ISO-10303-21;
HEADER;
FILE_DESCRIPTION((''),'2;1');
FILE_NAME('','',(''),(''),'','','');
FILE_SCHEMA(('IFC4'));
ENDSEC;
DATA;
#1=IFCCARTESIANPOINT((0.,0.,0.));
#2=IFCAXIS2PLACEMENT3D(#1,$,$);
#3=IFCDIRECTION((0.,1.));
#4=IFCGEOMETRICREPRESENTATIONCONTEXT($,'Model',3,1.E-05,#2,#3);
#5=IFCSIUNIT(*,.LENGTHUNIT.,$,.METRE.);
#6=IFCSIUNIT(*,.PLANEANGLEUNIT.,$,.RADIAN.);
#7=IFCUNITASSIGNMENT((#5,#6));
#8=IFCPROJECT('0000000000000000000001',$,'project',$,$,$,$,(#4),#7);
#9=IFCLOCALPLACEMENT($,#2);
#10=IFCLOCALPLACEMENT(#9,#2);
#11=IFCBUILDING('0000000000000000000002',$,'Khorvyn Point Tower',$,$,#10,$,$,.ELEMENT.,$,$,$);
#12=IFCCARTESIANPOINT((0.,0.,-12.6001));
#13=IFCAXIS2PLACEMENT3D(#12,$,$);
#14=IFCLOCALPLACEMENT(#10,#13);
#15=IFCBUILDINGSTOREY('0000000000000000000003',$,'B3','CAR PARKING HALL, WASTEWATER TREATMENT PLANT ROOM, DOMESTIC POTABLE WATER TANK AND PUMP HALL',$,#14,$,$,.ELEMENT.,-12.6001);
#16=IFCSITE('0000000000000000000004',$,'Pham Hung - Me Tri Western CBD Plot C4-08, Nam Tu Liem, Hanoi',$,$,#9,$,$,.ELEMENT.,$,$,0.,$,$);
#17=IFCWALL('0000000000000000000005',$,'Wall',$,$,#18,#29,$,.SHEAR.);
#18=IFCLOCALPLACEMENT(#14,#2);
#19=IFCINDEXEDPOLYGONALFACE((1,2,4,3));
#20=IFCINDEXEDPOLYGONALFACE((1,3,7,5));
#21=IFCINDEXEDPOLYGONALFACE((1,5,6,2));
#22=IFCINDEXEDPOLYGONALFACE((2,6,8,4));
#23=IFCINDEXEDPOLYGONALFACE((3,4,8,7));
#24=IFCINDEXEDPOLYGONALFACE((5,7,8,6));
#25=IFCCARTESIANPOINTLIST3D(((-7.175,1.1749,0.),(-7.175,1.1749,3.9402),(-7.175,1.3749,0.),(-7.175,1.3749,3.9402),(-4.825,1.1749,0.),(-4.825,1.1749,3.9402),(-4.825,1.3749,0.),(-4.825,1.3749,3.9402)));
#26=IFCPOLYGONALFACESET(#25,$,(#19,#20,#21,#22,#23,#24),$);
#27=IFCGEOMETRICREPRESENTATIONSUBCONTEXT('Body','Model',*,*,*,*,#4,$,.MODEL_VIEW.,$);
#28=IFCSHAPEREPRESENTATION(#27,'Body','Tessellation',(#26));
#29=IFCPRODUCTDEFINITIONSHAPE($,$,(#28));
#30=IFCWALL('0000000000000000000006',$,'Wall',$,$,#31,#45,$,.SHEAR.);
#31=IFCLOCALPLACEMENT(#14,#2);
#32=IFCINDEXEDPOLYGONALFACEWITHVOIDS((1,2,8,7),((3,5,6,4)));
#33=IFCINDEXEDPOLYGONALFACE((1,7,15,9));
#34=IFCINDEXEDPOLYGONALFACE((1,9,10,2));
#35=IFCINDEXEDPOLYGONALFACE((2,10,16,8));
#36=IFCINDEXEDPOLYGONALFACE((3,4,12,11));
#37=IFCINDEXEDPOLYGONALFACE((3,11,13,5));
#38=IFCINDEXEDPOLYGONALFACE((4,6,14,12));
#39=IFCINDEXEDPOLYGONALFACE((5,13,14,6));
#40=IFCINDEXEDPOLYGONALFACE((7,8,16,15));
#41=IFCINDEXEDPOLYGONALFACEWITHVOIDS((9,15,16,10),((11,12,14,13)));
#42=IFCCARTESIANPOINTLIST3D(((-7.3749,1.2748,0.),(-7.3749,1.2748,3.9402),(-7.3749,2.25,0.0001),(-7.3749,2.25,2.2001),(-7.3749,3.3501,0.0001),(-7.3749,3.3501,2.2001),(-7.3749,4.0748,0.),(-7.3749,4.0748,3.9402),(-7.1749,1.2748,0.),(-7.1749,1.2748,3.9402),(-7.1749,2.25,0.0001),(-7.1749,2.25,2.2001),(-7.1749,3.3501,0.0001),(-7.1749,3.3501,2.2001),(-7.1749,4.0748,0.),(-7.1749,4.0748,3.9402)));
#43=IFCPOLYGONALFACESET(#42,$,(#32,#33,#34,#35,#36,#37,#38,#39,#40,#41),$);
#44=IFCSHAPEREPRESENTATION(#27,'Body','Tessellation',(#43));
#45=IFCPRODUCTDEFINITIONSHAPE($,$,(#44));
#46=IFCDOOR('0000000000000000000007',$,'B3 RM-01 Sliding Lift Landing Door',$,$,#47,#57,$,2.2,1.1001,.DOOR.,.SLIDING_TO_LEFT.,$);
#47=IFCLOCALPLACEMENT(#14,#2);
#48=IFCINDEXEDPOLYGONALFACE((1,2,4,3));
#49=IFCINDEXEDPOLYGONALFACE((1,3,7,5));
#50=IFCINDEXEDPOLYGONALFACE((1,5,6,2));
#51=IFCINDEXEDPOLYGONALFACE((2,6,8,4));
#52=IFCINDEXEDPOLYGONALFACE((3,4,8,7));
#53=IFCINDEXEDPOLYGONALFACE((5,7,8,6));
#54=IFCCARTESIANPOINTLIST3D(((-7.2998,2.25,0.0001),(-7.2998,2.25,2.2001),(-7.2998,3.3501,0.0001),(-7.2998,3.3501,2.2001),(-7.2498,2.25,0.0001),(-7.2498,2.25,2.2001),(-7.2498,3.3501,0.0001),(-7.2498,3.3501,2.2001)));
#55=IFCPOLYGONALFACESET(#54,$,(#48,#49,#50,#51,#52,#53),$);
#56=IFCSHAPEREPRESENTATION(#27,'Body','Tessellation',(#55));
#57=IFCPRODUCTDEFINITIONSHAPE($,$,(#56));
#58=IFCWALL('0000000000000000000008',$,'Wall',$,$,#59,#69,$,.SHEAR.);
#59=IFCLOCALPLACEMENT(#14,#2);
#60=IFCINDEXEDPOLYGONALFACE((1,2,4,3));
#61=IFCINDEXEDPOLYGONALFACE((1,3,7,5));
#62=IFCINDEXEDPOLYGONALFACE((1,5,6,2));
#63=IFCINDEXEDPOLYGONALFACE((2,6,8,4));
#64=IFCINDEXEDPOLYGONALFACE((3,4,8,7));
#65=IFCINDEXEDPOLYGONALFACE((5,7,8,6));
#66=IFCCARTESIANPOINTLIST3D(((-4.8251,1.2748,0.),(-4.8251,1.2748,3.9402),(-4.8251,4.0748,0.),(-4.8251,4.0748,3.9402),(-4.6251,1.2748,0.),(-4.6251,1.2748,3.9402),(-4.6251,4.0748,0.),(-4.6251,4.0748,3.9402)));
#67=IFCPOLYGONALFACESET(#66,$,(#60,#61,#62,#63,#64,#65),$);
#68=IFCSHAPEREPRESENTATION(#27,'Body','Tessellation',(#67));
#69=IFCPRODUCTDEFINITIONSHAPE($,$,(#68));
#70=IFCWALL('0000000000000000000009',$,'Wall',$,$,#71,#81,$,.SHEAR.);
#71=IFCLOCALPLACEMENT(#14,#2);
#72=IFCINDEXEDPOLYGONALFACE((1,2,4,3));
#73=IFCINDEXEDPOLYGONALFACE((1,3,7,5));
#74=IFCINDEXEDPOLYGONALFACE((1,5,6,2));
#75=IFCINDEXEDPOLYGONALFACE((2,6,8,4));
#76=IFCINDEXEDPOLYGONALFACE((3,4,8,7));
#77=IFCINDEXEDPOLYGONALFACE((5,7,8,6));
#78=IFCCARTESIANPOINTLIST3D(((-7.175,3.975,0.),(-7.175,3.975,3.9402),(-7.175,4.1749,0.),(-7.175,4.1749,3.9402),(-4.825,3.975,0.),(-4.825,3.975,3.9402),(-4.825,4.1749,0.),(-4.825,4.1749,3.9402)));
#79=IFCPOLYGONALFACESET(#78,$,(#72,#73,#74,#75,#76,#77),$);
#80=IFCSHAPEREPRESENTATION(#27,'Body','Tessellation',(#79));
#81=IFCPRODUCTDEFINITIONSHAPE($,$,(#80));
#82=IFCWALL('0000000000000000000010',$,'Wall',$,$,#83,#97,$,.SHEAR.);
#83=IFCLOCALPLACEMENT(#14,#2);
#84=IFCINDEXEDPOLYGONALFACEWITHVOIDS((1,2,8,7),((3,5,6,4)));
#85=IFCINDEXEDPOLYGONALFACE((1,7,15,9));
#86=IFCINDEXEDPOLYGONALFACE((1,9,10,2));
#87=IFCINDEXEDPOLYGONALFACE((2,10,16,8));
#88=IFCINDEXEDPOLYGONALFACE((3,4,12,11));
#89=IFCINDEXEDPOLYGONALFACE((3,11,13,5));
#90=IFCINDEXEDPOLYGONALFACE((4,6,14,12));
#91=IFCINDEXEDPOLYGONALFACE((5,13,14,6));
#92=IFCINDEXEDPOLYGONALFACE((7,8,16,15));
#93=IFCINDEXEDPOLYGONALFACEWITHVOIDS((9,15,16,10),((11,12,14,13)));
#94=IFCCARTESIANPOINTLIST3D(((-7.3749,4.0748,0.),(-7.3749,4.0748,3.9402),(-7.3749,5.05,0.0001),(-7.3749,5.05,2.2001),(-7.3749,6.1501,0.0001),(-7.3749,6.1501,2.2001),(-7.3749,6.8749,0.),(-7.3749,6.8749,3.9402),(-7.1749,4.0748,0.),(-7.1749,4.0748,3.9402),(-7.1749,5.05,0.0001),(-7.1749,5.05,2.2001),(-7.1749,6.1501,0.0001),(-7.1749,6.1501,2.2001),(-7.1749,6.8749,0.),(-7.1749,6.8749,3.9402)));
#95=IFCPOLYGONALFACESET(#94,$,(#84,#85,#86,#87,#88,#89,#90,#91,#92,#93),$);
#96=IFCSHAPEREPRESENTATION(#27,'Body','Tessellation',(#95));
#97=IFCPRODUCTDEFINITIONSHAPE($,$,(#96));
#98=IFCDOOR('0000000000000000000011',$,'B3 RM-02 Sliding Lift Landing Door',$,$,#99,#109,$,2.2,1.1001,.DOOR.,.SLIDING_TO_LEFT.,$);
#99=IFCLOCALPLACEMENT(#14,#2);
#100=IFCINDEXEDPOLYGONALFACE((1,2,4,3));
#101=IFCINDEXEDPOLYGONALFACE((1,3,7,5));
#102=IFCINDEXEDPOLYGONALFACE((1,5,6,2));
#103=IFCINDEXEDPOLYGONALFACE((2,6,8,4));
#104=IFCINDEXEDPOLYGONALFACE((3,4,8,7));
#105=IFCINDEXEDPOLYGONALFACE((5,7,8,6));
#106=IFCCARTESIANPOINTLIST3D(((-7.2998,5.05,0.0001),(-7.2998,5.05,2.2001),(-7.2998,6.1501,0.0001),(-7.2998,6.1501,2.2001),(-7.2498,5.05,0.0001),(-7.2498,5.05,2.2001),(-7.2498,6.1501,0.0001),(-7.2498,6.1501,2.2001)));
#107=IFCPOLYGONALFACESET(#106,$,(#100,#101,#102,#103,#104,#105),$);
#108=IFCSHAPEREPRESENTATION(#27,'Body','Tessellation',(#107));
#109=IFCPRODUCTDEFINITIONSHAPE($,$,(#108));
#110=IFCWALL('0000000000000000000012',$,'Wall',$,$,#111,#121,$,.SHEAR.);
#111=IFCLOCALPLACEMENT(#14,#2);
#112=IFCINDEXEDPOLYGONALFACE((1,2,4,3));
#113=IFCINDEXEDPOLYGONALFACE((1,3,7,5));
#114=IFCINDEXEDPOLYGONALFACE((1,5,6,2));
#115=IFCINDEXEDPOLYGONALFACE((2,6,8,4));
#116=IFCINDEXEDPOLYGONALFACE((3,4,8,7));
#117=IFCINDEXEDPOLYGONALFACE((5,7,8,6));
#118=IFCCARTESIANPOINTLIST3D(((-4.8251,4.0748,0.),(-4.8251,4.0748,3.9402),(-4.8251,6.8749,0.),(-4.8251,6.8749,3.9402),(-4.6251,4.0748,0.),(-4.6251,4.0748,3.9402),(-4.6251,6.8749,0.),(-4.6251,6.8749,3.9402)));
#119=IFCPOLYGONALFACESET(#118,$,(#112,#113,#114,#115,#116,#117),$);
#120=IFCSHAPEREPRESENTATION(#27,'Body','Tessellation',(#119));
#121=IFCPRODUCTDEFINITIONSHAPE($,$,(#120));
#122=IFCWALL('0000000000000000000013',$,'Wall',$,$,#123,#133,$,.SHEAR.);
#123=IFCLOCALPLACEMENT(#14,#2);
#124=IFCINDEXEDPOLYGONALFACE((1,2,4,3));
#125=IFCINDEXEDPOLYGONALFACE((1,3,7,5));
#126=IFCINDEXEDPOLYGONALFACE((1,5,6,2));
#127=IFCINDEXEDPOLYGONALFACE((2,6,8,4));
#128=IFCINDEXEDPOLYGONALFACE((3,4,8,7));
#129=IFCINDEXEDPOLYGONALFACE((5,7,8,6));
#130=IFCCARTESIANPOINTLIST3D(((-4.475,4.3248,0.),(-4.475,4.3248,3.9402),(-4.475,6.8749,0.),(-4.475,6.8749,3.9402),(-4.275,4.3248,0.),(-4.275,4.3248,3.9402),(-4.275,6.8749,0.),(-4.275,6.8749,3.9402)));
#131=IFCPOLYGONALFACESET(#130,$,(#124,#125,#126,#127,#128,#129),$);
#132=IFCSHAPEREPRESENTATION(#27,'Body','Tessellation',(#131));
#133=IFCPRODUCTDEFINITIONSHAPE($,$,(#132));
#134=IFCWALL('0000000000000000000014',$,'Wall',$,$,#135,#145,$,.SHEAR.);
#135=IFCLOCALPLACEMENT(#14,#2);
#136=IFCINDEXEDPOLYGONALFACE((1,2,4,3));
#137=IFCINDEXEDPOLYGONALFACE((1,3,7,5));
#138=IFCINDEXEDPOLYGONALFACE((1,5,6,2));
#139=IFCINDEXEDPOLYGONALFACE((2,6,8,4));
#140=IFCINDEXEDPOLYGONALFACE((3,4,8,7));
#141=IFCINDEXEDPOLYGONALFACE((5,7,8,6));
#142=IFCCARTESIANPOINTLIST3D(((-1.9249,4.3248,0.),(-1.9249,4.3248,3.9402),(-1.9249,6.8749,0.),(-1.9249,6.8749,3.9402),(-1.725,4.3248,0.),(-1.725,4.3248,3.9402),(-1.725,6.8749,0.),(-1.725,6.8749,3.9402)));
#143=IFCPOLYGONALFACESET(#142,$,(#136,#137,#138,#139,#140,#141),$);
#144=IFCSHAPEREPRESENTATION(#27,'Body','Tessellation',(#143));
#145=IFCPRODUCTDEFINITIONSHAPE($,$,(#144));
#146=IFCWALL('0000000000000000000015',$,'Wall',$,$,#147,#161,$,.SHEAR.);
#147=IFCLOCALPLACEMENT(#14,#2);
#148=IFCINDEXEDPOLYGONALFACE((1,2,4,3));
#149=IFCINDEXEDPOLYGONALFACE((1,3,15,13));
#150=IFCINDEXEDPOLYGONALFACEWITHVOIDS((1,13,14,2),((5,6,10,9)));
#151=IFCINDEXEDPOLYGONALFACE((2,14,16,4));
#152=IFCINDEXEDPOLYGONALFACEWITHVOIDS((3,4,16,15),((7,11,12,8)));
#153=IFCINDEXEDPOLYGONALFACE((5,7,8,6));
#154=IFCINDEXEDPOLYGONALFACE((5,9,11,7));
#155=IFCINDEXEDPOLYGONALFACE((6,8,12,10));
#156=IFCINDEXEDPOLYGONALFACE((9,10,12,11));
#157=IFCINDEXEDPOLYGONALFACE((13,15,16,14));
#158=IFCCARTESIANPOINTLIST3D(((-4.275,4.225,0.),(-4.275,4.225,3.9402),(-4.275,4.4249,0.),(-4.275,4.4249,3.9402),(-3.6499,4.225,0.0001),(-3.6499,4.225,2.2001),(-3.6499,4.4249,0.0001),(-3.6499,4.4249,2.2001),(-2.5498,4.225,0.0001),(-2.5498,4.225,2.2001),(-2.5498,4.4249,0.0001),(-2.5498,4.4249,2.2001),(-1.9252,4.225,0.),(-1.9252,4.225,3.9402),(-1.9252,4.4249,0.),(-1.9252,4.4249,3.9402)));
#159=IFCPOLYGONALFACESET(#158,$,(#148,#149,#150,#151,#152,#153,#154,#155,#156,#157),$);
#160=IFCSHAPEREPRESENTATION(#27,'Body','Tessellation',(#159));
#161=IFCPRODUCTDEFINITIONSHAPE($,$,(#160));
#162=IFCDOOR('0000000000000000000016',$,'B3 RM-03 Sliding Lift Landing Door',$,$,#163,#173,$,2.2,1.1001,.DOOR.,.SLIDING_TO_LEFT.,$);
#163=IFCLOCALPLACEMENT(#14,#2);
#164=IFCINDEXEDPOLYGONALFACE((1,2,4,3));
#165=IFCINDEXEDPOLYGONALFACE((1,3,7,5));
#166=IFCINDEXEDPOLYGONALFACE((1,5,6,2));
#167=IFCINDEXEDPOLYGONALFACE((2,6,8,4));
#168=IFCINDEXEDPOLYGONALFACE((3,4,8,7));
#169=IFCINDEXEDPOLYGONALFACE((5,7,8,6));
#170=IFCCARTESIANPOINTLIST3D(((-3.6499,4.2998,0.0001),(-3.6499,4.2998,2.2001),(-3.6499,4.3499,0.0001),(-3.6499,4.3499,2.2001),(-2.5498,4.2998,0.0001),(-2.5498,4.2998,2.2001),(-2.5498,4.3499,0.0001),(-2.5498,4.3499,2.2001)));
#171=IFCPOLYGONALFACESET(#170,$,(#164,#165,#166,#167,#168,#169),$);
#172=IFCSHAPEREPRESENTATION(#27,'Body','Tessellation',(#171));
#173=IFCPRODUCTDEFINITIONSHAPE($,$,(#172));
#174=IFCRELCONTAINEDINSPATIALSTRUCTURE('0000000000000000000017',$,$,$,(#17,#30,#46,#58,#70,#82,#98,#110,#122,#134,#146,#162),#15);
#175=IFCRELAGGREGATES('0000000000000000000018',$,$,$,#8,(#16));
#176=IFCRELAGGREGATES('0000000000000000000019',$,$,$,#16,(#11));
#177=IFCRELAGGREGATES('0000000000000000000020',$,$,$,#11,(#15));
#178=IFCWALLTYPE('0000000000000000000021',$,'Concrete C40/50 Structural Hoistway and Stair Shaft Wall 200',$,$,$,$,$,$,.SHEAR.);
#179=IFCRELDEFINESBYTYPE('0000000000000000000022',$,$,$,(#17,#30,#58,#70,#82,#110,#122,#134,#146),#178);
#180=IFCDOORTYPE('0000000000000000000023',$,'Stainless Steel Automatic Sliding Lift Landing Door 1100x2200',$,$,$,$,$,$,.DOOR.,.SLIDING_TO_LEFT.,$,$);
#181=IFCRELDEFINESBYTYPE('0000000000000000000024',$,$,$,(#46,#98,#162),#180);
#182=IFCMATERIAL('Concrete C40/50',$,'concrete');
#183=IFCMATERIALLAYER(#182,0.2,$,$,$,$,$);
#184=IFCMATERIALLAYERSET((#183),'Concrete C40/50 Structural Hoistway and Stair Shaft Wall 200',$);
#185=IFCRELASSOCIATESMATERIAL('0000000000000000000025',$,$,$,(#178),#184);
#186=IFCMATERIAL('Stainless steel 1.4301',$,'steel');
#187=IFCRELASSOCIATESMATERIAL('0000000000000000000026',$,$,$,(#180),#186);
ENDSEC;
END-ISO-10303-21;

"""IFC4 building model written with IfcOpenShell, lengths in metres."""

from ifc_helpers import new_model, si_unit, direction, frame, frame_2d, origin, place, context, subcontext, project, spatial, rectangle, extrude, material, layer, layer_set, type_object, element, fill, save


model = new_model("IFC4")

# Units and contexts
model_context = context("Model", 3, precision=1e-05, world=origin(), true_north=direction((0.0, 1.0)))
body_context = subcontext(model_context, "Body", "Model", "MODEL_VIEW")
ifc_project = project(units=[si_unit("LENGTHUNIT", "METRE"), si_unit("PLANEANGLEUNIT", "RADIAN")], contexts=[model_context])

# Site, building, storey
site_placement = place(None, origin())
site = spatial("IfcSite", under=ifc_project, at=site_placement, Name="Pham Hung - Me Tri Western CBD Plot C4-08, Nam Tu Liem, Hanoi", CompositionType="ELEMENT", RefElevation=0.0)
building_placement = place(site_placement, origin())
building = spatial("IfcBuilding", under=site, at=building_placement, Name="Khorvyn Point Tower", CompositionType="ELEMENT")
storey_placement = place(building_placement, frame((0.0, 0.0, -12.6001)))
storey = spatial("IfcBuildingStorey", under=building, at=storey_placement, Name="B3", Description="CAR PARKING HALL, WASTEWATER TREATMENT PLANT ROOM, DOMESTIC POTABLE WATER TANK AND PUMP HALL", CompositionType="ELEMENT", Elevation=-12.6001)

# Shared definitions
ifc_material_1 = material(Name="Concrete C40/50", Category="concrete")

# Shared definitions
ifc_layer = layer(ifc_material_1, 0.2)
ifc_layer_set = layer_set([ifc_layer], Name="Concrete C40/50 Structural Hoistway and Stair Shaft Wall 200")
wall_type = type_object("IfcWallType", Name="Concrete C40/50 Structural Hoistway and Stair Shaft Wall 200", PredefinedType="SHEAR", material=ifc_layer_set)

# Shared definitions
ifc_material_2 = material(Name="Stainless steel 1.4301", Category="steel")
door_type = type_object("IfcDoorType", Name="Stainless Steel Automatic Sliding Lift Landing Door 1100x2200", OperationType="SLIDING_TO_LEFT", PredefinedType="DOOR", material=ifc_material_2)

# Wall
wall_1_placement = place(storey_placement, frame((-7.175, 1.2749, 0.0), z_axis=(0.0, 0.0, 1.0), x_axis=(1.0, 0.0, 0.0)))
element("IfcWall", 1, at=wall_1_placement, inside=storey, type_object=wall_type, Name="Wall", PredefinedType="SHEAR", context=body_context, shape_type="SweptSolid", body=[
    extrude(rectangle(XDim=2.3501, YDim=0.2, at=frame_2d((1.175, 0.0))), origin(), (0.0, 0.0, 1.0), 3.9402),
])

# Wall, opening, door
wall_2_placement = place(storey_placement, frame((-7.2749, 1.2749, 0.0), z_axis=(0.0, 0.0, 1.0), x_axis=(0.0, 1.0, 0.0)))
wall_2 = element("IfcWall", 2, at=wall_2_placement, inside=storey, type_object=wall_type, Name="Wall", PredefinedType="SHEAR", context=body_context, shape_type="SweptSolid", body=[
    extrude(rectangle(XDim=2.8, YDim=0.2, at=frame_2d((1.3999, 0.0))), origin(), (0.0, 0.0, 1.0), 3.9402),
])
opening_1_placement = place(wall_2_placement, frame((0.9751, 0.0, 0.0)))
opening_1 = element("IfcOpeningElement", 3, at=opening_1_placement, cuts=wall_2, PredefinedType="OPENING", context=body_context, shape_type="SweptSolid", body=[
    extrude(rectangle(XDim=1.1001, YDim=2.2, at=frame_2d((0.55, 1.1001))), frame((0.0, 0.1099, 0.0), z_axis=(0.0, -1.0, 0.0), x_axis=(1.0, 0.0, 0.0)), (0.0, 0.0, 1.0), 0.22),
])
door_1_placement = place(opening_1_placement, origin())
door_1 = element("IfcDoor", 4, at=door_1_placement, inside=storey, type_object=door_type, Name="B3 RM-01 Sliding Lift Landing Door", OperationType="SLIDING_TO_LEFT", OverallHeight=2.2, OverallWidth=1.1001, PredefinedType="DOOR", context=body_context, shape_type="SweptSolid", body=[
    extrude(rectangle(XDim=1.1001, YDim=2.2, at=frame_2d((0.55, 1.1001))), frame((0.0, 0.0249, 0.0), z_axis=(0.0, -1.0, 0.0), x_axis=(1.0, 0.0, 0.0)), (0.0, 0.0, 1.0), 0.05),
])
fill(opening_1, door_1)

# Walls
wall_3_placement = place(storey_placement, frame((-4.7251, 1.2749, 0.0), z_axis=(0.0, 0.0, 1.0), x_axis=(0.0, 1.0, 0.0)))
element("IfcWall", 5, at=wall_3_placement, inside=storey, type_object=wall_type, Name="Wall", PredefinedType="SHEAR", context=body_context, shape_type="SweptSolid", body=[
    extrude(rectangle(XDim=2.8, YDim=0.2, at=frame_2d((1.3999, 0.0))), origin(), (0.0, 0.0, 1.0), 3.9402),
])
wall_4_placement = place(storey_placement, frame((-7.175, 4.075, 0.0), z_axis=(0.0, 0.0, 1.0), x_axis=(1.0, 0.0, 0.0)))
element("IfcWall", 6, at=wall_4_placement, inside=storey, type_object=wall_type, Name="Wall", PredefinedType="SHEAR", context=body_context, shape_type="SweptSolid", body=[
    extrude(rectangle(XDim=2.3501, YDim=0.2, at=frame_2d((1.175, 0.0))), origin(), (0.0, 0.0, 1.0), 3.9402),
])

# Wall, opening, door
wall_5_placement = place(storey_placement, frame((-7.2749, 4.075, 0.0), z_axis=(0.0, 0.0, 1.0), x_axis=(0.0, 1.0, 0.0)))
wall_5 = element("IfcWall", 7, at=wall_5_placement, inside=storey, type_object=wall_type, Name="Wall", PredefinedType="SHEAR", context=body_context, shape_type="SweptSolid", body=[
    extrude(rectangle(XDim=2.8, YDim=0.2, at=frame_2d((1.3999, 0.0))), origin(), (0.0, 0.0, 1.0), 3.9402),
])
opening_2_placement = place(wall_5_placement, frame((0.9751, 0.0, 0.0)))
opening_2 = element("IfcOpeningElement", 8, at=opening_2_placement, cuts=wall_5, PredefinedType="OPENING", context=body_context, shape_type="SweptSolid", body=[
    extrude(rectangle(XDim=1.1001, YDim=2.2, at=frame_2d((0.55, 1.1001))), frame((0.0, 0.1099, 0.0), z_axis=(0.0, -1.0, 0.0), x_axis=(1.0, 0.0, 0.0)), (0.0, 0.0, 1.0), 0.22),
])
door_2_placement = place(opening_2_placement, origin())
door_2 = element("IfcDoor", 9, at=door_2_placement, inside=storey, type_object=door_type, Name="B3 RM-02 Sliding Lift Landing Door", OperationType="SLIDING_TO_LEFT", OverallHeight=2.2, OverallWidth=1.1001, PredefinedType="DOOR", context=body_context, shape_type="SweptSolid", body=[
    extrude(rectangle(XDim=1.1001, YDim=2.2, at=frame_2d((0.55, 1.1001))), frame((0.0, 0.0249, 0.0), z_axis=(0.0, -1.0, 0.0), x_axis=(1.0, 0.0, 0.0)), (0.0, 0.0, 1.0), 0.05),
])
fill(opening_2, door_2)

# Walls
wall_6_placement = place(storey_placement, frame((-4.7251, 4.075, 0.0), z_axis=(0.0, 0.0, 1.0), x_axis=(0.0, 1.0, 0.0)))
element("IfcWall", 10, at=wall_6_placement, inside=storey, type_object=wall_type, Name="Wall", PredefinedType="SHEAR", context=body_context, shape_type="SweptSolid", body=[
    extrude(rectangle(XDim=2.8, YDim=0.2, at=frame_2d((1.3999, 0.0))), origin(), (0.0, 0.0, 1.0), 3.9402),
])
for number, where, z_axis, x_axis, name in (
    (11, (-4.375, 4.325, 0.0), (0.0, 0.0, 1.0), (0.0, 1.0, 0.0), "Wall"),
    (12, (-1.825, 4.325, 0.0), (0.0, 0.0, 1.0), (0.0, 1.0, 0.0), "Wall"),
):
    element("IfcWall", number, at=place(storey_placement, frame(where, z_axis=z_axis, x_axis=x_axis)), inside=storey, type_object=wall_type, Name=name, PredefinedType="SHEAR", context=body_context, shape_type="SweptSolid", body=[
        extrude(rectangle(XDim=2.55, YDim=0.2, at=frame_2d((1.2749, 0.0))), origin(), (0.0, 0.0, 1.0), 3.9402),
    ])

# Wall, opening, door
wall_7_placement = place(storey_placement, frame((-4.2749, 4.325, 0.0), z_axis=(0.0, 0.0, 1.0), x_axis=(1.0, 0.0, 0.0)))
wall_7 = element("IfcWall", 13, at=wall_7_placement, inside=storey, type_object=wall_type, Name="Wall", PredefinedType="SHEAR", context=body_context, shape_type="SweptSolid", body=[
    extrude(rectangle(XDim=2.3499, YDim=0.2, at=frame_2d((1.1748, 0.0))), origin(), (0.0, 0.0, 1.0), 3.9402),
])
opening_3_placement = place(wall_7_placement, frame((0.625, 0.0, 0.0)))
opening_3 = element("IfcOpeningElement", 14, at=opening_3_placement, cuts=wall_7, PredefinedType="OPENING", context=body_context, shape_type="SweptSolid", body=[
    extrude(rectangle(XDim=1.1001, YDim=2.2, at=frame_2d((0.55, 1.1001))), frame((0.0, 0.1099, 0.0), z_axis=(0.0, -1.0, 0.0), x_axis=(1.0, 0.0, 0.0)), (0.0, 0.0, 1.0), 0.22),
])
door_3_placement = place(opening_3_placement, origin())
door_3 = element("IfcDoor", 15, at=door_3_placement, inside=storey, type_object=door_type, Name="B3 RM-03 Sliding Lift Landing Door", OperationType="SLIDING_TO_LEFT", OverallHeight=2.2, OverallWidth=1.1001, PredefinedType="DOOR", context=body_context, shape_type="SweptSolid", body=[
    extrude(rectangle(XDim=1.1001, YDim=2.2, at=frame_2d((0.55, 1.1001))), frame((0.0, 0.0249, 0.0), z_axis=(0.0, -1.0, 0.0), x_axis=(1.0, 0.0, 0.0)), (0.0, 0.0, 1.0), 0.05),
])
fill(opening_3, door_3)

save(model, "model.ifc")
